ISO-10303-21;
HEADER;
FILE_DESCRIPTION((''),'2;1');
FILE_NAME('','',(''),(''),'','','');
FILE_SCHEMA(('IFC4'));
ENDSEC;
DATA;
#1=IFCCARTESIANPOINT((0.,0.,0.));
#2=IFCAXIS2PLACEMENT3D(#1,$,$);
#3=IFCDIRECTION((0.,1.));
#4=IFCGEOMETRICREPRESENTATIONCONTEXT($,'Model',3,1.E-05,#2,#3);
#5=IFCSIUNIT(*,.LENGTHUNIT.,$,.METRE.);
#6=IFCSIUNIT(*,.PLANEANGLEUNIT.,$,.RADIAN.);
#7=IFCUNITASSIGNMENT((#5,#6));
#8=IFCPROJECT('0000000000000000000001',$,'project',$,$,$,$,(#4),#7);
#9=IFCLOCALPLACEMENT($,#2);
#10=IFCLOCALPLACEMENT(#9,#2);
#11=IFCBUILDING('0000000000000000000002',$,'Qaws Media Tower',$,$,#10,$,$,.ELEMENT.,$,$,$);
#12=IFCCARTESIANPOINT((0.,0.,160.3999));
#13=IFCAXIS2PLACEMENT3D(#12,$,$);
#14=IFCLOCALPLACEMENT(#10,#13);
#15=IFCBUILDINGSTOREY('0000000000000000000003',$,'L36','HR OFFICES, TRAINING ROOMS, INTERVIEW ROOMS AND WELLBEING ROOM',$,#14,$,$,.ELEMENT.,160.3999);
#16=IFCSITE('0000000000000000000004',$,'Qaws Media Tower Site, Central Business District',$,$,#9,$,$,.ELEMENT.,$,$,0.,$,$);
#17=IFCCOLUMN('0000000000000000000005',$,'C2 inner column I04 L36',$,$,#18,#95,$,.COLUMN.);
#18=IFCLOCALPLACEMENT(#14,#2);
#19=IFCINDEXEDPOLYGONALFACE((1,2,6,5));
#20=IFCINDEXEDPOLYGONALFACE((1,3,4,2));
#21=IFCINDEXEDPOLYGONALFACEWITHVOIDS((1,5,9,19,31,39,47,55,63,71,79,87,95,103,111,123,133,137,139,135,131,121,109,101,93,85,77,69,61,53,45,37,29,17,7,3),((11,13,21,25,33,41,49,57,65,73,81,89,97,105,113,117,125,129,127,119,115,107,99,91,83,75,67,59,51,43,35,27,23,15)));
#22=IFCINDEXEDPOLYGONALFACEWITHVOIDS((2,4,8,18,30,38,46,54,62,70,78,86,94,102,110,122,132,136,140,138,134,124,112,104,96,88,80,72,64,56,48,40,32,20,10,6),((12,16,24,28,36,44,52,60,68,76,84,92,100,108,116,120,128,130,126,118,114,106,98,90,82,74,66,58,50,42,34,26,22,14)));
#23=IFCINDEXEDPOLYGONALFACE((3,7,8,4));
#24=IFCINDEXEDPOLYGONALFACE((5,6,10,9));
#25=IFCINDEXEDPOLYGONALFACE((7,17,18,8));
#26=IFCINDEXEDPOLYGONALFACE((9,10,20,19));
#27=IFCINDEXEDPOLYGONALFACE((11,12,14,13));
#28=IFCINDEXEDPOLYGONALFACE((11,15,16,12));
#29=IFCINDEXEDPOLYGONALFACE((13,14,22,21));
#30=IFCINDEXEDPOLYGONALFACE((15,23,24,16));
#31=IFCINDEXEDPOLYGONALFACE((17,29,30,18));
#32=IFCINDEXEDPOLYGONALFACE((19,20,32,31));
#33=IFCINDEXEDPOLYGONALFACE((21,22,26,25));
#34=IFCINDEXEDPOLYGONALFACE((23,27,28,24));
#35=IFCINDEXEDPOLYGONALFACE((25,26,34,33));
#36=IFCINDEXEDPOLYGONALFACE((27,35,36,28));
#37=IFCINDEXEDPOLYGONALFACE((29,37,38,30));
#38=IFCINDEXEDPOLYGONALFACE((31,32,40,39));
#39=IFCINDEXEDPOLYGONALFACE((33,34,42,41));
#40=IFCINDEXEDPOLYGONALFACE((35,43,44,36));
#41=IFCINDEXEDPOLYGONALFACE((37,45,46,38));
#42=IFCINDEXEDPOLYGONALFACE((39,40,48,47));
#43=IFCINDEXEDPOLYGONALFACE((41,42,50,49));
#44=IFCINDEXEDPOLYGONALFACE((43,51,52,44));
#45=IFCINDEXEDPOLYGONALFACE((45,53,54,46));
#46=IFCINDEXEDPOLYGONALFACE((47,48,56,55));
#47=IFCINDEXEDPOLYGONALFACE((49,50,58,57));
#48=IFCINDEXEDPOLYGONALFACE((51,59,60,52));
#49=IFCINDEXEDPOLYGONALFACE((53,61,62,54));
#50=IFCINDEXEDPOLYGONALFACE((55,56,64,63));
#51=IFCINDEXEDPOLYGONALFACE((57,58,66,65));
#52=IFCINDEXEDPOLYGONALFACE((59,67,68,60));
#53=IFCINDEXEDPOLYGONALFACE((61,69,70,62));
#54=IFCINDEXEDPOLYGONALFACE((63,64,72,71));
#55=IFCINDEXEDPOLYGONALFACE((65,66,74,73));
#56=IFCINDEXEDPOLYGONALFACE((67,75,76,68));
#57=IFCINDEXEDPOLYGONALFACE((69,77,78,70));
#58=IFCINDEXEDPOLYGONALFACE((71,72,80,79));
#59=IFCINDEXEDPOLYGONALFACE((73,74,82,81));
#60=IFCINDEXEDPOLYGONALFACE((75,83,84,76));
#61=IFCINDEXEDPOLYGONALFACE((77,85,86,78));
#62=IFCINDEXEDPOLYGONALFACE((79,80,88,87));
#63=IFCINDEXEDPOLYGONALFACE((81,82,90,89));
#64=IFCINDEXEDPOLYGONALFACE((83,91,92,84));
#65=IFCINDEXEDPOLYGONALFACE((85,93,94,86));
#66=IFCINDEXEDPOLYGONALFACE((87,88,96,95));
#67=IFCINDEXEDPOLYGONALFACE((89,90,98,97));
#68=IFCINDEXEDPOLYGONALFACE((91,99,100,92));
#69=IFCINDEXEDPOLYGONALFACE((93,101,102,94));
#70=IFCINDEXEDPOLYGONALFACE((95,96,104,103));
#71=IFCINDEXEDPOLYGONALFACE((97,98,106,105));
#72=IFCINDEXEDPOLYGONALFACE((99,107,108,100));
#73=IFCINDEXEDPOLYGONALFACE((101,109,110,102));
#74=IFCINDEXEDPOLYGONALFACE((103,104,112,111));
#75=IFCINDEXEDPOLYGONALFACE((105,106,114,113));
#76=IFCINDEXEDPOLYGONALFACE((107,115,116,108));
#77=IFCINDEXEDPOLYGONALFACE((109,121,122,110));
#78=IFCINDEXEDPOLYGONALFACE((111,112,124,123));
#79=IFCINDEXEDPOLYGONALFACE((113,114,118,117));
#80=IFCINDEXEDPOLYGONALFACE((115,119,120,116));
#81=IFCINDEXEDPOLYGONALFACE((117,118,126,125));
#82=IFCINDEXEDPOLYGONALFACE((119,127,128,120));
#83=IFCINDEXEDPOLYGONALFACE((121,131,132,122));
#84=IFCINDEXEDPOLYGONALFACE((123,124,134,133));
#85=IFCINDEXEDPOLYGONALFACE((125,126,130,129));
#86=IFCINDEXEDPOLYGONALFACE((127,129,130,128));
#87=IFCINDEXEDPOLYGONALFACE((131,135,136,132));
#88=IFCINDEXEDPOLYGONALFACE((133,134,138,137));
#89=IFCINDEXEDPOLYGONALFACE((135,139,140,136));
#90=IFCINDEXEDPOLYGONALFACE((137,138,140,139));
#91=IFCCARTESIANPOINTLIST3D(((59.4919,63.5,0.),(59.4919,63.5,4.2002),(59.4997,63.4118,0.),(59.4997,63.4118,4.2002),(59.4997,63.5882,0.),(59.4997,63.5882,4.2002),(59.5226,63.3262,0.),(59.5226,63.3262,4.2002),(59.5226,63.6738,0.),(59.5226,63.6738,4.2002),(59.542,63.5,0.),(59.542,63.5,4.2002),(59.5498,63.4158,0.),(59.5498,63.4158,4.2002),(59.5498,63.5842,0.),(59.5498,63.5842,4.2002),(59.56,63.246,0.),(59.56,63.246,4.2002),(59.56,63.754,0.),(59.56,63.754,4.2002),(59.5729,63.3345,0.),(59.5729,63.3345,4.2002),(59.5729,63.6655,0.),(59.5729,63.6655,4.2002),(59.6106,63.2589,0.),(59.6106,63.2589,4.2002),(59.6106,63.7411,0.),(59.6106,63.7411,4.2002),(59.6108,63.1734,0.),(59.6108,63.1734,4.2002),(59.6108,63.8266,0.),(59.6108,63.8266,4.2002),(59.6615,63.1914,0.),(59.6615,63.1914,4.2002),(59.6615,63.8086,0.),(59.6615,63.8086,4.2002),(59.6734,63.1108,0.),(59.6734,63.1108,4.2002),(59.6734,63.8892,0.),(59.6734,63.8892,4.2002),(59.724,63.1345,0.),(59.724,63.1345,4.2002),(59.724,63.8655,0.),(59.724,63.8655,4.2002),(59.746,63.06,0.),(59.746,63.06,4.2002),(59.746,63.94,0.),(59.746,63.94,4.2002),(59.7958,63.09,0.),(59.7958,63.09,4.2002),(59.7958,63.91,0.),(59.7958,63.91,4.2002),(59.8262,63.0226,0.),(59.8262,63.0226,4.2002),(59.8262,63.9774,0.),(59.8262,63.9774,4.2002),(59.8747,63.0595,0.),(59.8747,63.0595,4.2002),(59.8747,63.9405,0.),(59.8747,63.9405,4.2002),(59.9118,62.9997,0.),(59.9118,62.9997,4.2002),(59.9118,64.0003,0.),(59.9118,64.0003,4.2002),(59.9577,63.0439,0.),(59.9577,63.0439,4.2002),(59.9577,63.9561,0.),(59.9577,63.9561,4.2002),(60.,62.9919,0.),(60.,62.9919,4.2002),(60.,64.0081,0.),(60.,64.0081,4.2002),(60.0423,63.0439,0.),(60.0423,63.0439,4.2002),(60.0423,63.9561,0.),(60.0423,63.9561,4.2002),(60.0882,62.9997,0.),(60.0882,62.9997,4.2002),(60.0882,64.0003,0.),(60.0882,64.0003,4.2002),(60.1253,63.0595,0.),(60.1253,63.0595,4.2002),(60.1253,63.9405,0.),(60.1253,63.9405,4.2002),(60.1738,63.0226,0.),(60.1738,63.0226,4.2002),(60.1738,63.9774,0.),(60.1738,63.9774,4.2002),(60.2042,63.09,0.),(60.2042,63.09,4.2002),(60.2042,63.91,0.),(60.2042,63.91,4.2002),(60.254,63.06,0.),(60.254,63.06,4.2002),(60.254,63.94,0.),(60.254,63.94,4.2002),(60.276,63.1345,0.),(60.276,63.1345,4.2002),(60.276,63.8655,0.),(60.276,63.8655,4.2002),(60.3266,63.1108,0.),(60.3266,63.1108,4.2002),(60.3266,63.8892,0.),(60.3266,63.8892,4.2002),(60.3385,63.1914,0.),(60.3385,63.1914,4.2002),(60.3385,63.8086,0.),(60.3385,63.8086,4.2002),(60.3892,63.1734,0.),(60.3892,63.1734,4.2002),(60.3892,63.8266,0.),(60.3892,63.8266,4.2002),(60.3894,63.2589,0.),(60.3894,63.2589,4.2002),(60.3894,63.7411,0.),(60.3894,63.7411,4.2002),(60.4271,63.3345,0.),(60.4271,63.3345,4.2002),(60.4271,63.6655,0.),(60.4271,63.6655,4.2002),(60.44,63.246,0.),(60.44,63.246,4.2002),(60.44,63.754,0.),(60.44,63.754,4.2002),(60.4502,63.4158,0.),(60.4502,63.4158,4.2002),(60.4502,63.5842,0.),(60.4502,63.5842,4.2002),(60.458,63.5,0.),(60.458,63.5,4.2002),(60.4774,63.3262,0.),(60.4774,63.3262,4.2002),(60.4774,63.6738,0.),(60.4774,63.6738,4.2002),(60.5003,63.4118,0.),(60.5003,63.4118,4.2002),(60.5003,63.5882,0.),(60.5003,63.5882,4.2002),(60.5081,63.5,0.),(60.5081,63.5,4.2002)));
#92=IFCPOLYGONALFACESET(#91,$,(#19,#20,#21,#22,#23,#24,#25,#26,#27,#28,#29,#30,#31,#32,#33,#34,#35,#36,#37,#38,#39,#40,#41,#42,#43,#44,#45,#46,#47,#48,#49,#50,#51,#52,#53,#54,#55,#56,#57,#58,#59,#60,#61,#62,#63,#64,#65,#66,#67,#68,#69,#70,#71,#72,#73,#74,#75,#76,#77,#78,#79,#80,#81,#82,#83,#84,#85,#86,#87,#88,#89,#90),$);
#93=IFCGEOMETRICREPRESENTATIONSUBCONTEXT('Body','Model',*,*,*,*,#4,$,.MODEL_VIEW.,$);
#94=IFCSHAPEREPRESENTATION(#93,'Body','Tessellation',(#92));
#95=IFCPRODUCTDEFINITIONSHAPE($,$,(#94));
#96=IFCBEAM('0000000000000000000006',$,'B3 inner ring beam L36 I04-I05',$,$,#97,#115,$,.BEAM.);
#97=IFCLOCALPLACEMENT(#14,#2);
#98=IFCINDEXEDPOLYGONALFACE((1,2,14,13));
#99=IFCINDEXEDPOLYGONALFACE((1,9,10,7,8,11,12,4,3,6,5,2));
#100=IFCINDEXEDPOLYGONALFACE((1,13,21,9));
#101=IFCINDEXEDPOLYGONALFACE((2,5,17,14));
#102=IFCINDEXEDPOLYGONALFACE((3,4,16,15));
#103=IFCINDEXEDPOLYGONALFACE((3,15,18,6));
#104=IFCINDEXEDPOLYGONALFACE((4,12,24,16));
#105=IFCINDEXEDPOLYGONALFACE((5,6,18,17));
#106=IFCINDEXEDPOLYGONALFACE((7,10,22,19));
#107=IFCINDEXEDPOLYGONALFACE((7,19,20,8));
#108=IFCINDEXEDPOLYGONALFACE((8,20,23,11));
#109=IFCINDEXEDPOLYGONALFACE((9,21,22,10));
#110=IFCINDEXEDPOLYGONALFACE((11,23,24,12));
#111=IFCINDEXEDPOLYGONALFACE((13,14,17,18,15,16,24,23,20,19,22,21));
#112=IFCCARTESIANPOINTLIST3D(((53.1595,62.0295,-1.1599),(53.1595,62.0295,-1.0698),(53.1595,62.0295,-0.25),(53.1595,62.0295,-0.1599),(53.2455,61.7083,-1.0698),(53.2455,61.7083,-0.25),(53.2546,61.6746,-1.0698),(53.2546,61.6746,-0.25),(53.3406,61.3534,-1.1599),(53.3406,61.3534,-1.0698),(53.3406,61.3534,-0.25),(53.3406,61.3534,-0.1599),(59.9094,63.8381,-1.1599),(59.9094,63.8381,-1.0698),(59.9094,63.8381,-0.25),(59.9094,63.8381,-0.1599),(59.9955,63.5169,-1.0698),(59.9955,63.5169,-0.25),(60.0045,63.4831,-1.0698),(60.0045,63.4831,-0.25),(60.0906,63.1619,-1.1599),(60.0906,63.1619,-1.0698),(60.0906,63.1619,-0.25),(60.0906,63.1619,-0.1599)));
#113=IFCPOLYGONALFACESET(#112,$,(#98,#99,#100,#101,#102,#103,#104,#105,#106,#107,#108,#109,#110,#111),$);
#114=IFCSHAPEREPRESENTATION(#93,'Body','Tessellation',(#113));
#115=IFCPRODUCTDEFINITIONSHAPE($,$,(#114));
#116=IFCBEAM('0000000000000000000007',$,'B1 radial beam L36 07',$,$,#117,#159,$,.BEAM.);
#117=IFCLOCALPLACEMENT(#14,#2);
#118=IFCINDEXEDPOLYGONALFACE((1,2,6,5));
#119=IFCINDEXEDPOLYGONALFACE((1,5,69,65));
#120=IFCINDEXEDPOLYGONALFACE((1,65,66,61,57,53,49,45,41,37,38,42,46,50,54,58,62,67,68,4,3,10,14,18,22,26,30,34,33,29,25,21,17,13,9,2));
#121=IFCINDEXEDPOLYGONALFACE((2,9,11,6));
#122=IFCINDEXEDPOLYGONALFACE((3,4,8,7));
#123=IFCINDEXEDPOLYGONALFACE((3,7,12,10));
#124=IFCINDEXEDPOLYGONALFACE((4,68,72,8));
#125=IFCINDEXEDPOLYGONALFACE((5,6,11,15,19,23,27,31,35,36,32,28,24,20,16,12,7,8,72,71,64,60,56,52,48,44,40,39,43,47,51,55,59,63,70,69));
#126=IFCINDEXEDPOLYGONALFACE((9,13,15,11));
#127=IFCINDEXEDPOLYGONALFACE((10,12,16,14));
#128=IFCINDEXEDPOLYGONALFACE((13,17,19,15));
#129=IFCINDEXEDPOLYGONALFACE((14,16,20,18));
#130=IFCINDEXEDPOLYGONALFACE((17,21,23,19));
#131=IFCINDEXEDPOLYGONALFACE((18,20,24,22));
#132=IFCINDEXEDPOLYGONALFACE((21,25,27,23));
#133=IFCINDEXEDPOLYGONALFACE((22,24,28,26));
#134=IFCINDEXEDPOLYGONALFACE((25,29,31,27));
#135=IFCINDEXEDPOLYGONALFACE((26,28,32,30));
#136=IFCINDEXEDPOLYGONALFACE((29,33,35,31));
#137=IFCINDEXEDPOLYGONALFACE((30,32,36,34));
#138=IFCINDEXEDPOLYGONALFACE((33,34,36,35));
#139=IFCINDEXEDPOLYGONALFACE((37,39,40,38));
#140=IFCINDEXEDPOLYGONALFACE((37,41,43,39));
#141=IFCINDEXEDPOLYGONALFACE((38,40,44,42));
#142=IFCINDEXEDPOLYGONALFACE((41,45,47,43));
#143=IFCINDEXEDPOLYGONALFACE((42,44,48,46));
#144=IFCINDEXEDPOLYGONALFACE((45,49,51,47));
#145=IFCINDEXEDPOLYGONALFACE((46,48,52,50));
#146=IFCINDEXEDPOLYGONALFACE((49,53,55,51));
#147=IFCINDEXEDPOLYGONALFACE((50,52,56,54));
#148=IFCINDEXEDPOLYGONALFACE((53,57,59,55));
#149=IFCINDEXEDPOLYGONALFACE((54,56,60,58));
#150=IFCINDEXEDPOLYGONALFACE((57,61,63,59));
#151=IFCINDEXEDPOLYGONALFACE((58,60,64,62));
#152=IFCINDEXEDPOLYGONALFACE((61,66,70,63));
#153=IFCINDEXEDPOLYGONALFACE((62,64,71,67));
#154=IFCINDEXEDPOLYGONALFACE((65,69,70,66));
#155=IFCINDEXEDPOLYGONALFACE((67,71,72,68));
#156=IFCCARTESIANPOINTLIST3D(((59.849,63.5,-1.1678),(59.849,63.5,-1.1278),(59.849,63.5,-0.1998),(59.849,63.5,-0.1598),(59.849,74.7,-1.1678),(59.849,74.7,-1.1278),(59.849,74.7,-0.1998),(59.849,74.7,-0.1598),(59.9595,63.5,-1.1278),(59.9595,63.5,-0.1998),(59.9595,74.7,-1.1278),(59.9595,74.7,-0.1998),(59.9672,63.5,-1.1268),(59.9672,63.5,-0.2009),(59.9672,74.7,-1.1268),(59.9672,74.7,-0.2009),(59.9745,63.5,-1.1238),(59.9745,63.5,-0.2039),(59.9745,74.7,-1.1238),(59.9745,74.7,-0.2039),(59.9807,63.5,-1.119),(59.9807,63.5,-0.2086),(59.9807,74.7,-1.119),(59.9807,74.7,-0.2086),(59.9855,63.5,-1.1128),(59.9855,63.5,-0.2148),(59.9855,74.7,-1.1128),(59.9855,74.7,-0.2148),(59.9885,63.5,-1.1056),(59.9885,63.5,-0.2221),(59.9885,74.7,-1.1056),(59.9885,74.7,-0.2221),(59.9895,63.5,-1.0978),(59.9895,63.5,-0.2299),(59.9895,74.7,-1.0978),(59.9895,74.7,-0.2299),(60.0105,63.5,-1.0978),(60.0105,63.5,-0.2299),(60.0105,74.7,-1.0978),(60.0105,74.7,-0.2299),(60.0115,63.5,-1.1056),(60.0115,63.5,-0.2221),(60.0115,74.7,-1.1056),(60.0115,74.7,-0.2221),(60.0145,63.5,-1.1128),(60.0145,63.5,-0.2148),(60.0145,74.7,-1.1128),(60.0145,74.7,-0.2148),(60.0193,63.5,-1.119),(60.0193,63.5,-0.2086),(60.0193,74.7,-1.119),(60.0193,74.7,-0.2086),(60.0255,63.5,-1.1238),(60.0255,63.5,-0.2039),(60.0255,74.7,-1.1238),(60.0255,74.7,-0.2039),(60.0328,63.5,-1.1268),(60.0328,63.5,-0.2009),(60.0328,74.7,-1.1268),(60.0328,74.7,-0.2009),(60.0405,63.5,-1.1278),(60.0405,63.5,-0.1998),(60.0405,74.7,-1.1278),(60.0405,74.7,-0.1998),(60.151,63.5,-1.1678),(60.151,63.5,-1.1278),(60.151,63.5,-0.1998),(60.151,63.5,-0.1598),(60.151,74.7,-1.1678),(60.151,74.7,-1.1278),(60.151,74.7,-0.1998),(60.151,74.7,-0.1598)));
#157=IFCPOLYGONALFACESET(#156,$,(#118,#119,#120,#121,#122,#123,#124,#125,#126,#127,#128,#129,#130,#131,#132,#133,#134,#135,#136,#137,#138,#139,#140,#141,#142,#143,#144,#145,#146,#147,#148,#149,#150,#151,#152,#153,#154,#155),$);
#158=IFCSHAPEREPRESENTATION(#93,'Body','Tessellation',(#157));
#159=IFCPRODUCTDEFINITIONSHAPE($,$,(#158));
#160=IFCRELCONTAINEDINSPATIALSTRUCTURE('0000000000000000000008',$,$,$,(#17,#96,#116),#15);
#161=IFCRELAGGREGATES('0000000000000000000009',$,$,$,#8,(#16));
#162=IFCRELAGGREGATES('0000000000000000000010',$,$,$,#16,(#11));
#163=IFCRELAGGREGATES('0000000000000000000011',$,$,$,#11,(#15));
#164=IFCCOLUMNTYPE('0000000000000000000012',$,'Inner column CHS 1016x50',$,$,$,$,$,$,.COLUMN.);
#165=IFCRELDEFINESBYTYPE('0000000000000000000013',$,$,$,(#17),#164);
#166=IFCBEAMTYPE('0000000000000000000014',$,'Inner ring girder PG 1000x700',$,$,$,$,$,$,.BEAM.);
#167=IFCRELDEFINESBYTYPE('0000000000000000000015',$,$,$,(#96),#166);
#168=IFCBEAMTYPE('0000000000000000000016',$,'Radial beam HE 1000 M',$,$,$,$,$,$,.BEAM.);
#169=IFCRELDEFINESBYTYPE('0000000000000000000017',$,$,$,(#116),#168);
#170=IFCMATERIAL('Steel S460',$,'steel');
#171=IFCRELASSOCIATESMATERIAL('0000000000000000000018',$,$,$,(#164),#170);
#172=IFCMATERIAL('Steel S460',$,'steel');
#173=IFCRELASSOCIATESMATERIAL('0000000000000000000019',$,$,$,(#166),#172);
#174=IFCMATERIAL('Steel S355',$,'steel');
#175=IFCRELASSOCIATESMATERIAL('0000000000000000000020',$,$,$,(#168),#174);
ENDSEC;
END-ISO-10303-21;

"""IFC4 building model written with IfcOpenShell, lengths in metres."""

from ifc_helpers import new_model, si_unit, direction, frame, origin, origin_2d, place, context, subcontext, project, spatial, hollow_circle, i_section, extrude, material, material_profile, profile_set, type_object, element, save


model = new_model("IFC4")

# Units and contexts
model_context = context("Model", 3, precision=1e-05, world=origin(), true_north=direction((0.0, 1.0)))
body_context = subcontext(model_context, "Body", "Model", "MODEL_VIEW")
ifc_project = project(units=[si_unit("LENGTHUNIT", "METRE"), si_unit("PLANEANGLEUNIT", "RADIAN")], contexts=[model_context])

# Site, building, storey
site_placement = place(None, origin())
site = spatial("IfcSite", under=ifc_project, at=site_placement, Name="Qaws Media Tower Site, Central Business District", CompositionType="ELEMENT", RefElevation=0.0)
building_placement = place(site_placement, origin())
building = spatial("IfcBuilding", under=site, at=building_placement, Name="Qaws Media Tower", CompositionType="ELEMENT")
storey_placement = place(building_placement, frame((0.0, 0.0, 160.3999)))
storey = spatial("IfcBuildingStorey", under=building, at=storey_placement, Name="L36", Description="HR OFFICES, TRAINING ROOMS, INTERVIEW ROOMS AND WELLBEING ROOM", CompositionType="ELEMENT", Elevation=160.3999)

# Column
ifc_material_1 = material(Name="Steel S460", Category="steel")
ifc_material_profile_1 = material_profile(ifc_material_1, hollow_circle(Radius=0.5081, WallThickness=0.05, at=origin_2d()), Name="CHS 1016x50")
ifc_profile_set_1 = profile_set([ifc_material_profile_1], Name="Steel S460")
column_type = type_object("IfcColumnType", Name="Inner column CHS 1016x50", PredefinedType="COLUMN", material=ifc_profile_set_1)
column_placement = place(storey_placement, frame((60.0, 63.5, 0.0), z_axis=(0.0, 0.0, 1.0), x_axis=(1.0, 0.0, 0.0)))
element("IfcColumn", 1, at=column_placement, inside=storey, type_object=column_type, Name="C2 inner column I04 L36", PredefinedType="COLUMN", context=body_context, shape_type="SweptSolid", body=[
    extrude(hollow_circle(Radius=0.5081, WallThickness=0.05, at=origin_2d()), origin(), (0.0, 0.0, 1.0), 4.2002),
])

# Beams
ifc_material_2 = material(Name="Steel S460", Category="steel")
ifc_material_profile_2 = material_profile(ifc_material_2, i_section(OverallWidth=0.7, OverallDepth=1.0, WebThickness=0.0349, FlangeThickness=0.0901, at=origin_2d()), Name="PG 1000x700")
ifc_profile_set_2 = profile_set([ifc_material_profile_2], Name="Steel S460")
beam_type_1 = type_object("IfcBeamType", Name="Inner ring girder PG 1000x700", PredefinedType="BEAM", material=ifc_profile_set_2)
beam_1_placement = place(storey_placement, frame((60.0, 63.5, -0.6599), z_axis=(-0.965928, -0.258811, 0.0), x_axis=(0.258811, -0.965928, 0.0)))
element("IfcBeam", 2, at=beam_1_placement, inside=storey, type_object=beam_type_1, Name="B3 inner ring beam L36 I04-I05", PredefinedType="BEAM", context=body_context, shape_type="SweptSolid", body=[
    extrude(i_section(OverallWidth=0.7, OverallDepth=1.0, WebThickness=0.0349, FlangeThickness=0.0901, at=origin_2d()), origin(), (0.0, 0.0, 1.0), 6.988),
])
ifc_material_3 = material(Name="Steel S355", Category="steel")
ifc_material_profile_3 = material_profile(ifc_material_3, i_section(OverallWidth=0.302, OverallDepth=1.0081, WebThickness=0.021, FlangeThickness=0.04, FilletRadius=0.03, at=origin_2d()), Name="HE 1000 M")
ifc_profile_set_3 = profile_set([ifc_material_profile_3], Name="Steel S355")
beam_type_2 = type_object("IfcBeamType", Name="Radial beam HE 1000 M", PredefinedType="BEAM", material=ifc_profile_set_3)
beam_2_placement = place(storey_placement, frame((60.0, 63.5, -0.6638), z_axis=(0.0, 1.0, 0.0), x_axis=(-1.0, 0.0, 0.0)))
element("IfcBeam", 3, at=beam_2_placement, inside=storey, type_object=beam_type_2, Name="B1 radial beam L36 07", PredefinedType="BEAM", context=body_context, shape_type="SweptSolid", body=[
    extrude(i_section(OverallWidth=0.302, OverallDepth=1.0081, WebThickness=0.021, FlangeThickness=0.04, FilletRadius=0.03, at=origin_2d()), origin(), (0.0, 0.0, 1.0), 11.2),
])

save(model, "model.ifc")
